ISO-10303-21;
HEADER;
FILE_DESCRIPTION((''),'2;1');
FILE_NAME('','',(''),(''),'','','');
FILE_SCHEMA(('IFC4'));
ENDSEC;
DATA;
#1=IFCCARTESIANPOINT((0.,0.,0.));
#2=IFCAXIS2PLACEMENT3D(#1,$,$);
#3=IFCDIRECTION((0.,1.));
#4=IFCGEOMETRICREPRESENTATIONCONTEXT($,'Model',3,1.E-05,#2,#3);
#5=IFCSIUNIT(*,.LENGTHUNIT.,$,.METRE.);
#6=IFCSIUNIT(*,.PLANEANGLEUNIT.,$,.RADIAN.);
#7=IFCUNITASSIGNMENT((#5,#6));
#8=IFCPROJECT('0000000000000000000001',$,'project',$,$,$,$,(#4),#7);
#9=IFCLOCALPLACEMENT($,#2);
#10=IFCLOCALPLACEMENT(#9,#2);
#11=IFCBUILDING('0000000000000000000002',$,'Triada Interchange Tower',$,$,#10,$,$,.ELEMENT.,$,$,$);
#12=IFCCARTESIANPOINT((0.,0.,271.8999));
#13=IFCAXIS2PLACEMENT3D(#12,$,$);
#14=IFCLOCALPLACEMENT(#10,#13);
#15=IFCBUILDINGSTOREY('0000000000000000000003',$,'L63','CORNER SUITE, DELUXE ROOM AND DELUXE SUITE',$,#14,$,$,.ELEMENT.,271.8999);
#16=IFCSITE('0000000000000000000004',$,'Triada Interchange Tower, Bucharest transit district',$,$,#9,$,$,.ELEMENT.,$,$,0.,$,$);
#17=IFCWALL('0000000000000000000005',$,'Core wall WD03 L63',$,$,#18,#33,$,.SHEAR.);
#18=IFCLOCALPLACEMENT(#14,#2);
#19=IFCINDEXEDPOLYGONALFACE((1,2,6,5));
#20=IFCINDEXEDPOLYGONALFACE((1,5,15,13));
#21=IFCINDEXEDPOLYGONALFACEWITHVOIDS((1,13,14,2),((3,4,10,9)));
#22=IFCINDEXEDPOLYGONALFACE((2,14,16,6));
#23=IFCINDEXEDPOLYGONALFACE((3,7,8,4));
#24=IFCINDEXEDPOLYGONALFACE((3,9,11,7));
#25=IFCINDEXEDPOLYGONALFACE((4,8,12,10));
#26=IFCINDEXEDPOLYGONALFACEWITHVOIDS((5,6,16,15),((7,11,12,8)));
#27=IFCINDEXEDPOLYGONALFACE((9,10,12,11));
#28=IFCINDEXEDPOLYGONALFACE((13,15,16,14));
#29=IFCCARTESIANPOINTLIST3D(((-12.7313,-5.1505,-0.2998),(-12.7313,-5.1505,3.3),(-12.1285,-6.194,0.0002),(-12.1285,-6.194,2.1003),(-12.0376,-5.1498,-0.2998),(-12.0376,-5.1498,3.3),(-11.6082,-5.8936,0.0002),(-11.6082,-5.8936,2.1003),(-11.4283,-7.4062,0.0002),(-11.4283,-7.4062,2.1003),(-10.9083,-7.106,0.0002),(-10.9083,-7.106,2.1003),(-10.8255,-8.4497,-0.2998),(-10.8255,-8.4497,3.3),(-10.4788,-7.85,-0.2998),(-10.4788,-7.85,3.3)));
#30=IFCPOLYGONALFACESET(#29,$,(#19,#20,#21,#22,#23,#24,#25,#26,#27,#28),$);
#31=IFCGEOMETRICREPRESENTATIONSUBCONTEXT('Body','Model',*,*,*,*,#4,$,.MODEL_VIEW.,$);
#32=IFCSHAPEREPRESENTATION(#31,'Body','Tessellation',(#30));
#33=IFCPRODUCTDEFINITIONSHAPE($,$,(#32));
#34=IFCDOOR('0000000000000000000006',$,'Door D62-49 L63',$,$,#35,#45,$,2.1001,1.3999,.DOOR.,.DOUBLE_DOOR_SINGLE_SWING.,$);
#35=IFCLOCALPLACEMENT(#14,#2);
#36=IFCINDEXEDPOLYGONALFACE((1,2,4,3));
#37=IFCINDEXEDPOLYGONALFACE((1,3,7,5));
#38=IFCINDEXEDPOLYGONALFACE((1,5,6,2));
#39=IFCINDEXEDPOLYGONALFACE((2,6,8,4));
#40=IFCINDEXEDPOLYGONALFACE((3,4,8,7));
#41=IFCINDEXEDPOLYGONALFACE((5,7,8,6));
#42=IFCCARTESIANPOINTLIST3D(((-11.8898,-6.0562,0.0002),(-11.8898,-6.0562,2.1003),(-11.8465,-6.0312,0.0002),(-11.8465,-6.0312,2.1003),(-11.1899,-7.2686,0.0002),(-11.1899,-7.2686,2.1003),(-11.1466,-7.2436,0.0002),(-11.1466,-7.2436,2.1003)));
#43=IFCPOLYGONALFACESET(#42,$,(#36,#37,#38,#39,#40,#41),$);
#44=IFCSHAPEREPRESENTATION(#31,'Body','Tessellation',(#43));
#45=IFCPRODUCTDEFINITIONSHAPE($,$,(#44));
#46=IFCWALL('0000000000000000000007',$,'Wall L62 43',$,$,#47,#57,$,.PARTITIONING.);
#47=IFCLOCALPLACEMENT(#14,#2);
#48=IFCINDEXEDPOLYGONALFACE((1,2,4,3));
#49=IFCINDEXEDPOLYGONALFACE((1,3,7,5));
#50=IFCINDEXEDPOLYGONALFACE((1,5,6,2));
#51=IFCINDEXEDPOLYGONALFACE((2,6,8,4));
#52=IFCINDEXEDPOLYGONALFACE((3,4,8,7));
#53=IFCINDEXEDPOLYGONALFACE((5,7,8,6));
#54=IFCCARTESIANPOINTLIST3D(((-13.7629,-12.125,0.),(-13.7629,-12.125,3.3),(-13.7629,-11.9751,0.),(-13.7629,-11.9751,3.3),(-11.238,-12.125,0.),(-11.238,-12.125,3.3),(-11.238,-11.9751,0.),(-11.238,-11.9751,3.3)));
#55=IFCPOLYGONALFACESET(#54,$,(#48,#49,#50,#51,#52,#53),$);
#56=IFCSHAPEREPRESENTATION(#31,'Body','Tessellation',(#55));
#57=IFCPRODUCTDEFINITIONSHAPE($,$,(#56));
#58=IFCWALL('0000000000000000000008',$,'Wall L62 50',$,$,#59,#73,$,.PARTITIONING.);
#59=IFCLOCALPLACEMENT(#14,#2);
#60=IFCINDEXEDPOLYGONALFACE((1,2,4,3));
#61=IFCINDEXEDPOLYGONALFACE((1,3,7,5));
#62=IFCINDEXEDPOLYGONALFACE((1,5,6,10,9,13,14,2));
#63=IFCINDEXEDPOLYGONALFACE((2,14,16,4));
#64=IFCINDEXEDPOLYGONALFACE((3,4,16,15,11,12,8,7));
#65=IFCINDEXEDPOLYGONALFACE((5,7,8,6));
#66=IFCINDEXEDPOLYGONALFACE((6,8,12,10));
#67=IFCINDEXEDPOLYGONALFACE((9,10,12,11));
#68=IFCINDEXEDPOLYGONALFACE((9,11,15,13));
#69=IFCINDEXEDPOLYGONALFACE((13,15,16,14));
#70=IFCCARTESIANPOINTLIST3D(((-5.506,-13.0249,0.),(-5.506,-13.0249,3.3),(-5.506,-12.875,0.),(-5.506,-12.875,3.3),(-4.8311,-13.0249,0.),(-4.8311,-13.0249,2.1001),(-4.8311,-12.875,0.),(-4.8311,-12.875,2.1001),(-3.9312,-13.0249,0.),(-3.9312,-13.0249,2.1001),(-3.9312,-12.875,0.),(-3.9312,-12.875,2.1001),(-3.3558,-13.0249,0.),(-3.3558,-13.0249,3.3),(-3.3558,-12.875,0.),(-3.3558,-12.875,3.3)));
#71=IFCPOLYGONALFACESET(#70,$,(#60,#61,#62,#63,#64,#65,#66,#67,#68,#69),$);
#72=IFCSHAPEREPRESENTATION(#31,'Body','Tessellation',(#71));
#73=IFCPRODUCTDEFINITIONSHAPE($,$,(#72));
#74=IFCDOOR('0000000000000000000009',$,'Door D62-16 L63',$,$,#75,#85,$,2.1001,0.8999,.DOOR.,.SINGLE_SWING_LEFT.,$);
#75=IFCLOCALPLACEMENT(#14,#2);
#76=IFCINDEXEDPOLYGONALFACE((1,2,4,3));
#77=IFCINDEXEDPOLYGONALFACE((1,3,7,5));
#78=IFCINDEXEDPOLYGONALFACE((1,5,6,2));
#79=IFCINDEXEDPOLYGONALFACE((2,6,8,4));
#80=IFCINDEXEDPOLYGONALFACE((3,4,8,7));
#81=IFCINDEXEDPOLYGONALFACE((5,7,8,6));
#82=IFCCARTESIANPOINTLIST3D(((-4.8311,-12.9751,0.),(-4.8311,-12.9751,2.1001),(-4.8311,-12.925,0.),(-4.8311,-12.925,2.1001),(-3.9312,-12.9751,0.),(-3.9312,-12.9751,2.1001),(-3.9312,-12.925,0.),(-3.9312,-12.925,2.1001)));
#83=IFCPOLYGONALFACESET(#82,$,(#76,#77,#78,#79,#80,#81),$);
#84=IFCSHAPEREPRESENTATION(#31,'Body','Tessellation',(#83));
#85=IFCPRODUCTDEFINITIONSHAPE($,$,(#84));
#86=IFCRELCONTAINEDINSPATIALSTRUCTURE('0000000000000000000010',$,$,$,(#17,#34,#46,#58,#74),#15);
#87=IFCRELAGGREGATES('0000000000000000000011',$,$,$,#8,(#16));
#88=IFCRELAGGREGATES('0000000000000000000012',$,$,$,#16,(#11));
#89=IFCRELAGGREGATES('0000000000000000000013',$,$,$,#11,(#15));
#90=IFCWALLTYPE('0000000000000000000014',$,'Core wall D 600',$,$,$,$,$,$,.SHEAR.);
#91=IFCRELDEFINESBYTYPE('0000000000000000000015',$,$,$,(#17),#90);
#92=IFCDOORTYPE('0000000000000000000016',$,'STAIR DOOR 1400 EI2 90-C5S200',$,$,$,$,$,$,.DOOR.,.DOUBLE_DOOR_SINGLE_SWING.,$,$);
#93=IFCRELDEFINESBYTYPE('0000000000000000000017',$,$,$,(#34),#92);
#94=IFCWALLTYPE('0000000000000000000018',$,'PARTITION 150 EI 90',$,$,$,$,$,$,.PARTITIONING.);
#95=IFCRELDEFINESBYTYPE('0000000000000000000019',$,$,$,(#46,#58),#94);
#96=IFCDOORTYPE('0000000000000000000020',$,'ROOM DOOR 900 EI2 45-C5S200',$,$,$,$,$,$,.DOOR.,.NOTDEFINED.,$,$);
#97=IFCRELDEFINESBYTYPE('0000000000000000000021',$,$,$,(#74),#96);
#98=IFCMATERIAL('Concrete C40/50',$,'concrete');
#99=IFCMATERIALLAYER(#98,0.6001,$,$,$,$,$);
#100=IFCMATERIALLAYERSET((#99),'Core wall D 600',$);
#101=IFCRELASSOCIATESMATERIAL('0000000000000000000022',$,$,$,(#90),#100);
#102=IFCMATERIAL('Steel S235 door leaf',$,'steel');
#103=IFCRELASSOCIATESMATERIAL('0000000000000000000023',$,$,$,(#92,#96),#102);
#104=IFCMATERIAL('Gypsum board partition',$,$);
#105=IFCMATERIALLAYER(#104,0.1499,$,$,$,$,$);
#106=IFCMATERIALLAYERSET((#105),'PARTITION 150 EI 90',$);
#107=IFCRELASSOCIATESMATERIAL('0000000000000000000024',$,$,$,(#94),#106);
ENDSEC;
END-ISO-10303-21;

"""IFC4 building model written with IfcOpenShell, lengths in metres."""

from ifc_helpers import new_model, si_unit, direction, frame, frame_2d, origin, place, context, subcontext, project, spatial, polyline, rectangle, outline, extrude, material, layer, layer_set, type_object, element, fill, save


model = new_model("IFC4")

# Units and contexts
model_context = context("Model", 3, precision=1e-05, world=origin(), true_north=direction((0.0, 1.0)))
body_context = subcontext(model_context, "Body", "Model", "MODEL_VIEW")
ifc_project = project(units=[si_unit("LENGTHUNIT", "METRE"), si_unit("PLANEANGLEUNIT", "RADIAN")], contexts=[model_context])

# Site, building, storey
site_placement = place(None, origin())
site = spatial("IfcSite", under=ifc_project, at=site_placement, Name="Triada Interchange Tower, Bucharest transit district", CompositionType="ELEMENT", RefElevation=0.0)
building_placement = place(site_placement, origin())
building = spatial("IfcBuilding", under=site, at=building_placement, Name="Triada Interchange Tower", CompositionType="ELEMENT")
storey_placement = place(building_placement, frame((0.0, 0.0, 271.8999)))
storey = spatial("IfcBuildingStorey", under=building, at=storey_placement, Name="L63", Description="CORNER SUITE, DELUXE ROOM AND DELUXE SUITE", CompositionType="ELEMENT", Elevation=271.8999)

# Shared definitions
ifc_material_1 = material(Name="Steel S235 door leaf", Category="steel")

# Wall, opening, door
ifc_material_2 = material(Name="Concrete C40/50", Category="concrete")
ifc_layer_1 = layer(ifc_material_2, 0.6001)
ifc_layer_set_1 = layer_set([ifc_layer_1], Name="Core wall D 600")
wall_type_1 = type_object("IfcWallType", Name="Core wall D 600", PredefinedType="SHEAR", material=ifc_layer_set_1)
wall_1_placement = place(storey_placement, frame((-12.384, -5.1499, -0.2998), z_axis=(0.0, 0.0, 1.0), x_axis=(0.499975, -0.86604, 0.0)))
wall_1 = element("IfcWall", 1, at=wall_1_placement, inside=storey, type_object=wall_type_1, Name="Core wall WD03 L63", PredefinedType="SHEAR", context=body_context, shape_type="SweptSolid", body=[
    extrude(outline(polyline([(-0.1731, -0.301), (1.7319, -0.3005), (3.637, -0.3), (3.291, 0.3), (1.7319, 0.3), (0.1731, 0.3), (-0.1731, -0.301)])), origin(), (0.0, 0.0, 1.0), 3.5999),
])
opening_1_placement = place(wall_1_placement, frame((1.032, 0.0, 0.3)))
opening_1 = element("IfcOpeningElement", 2, at=opening_1_placement, cuts=wall_1, PredefinedType="OPENING", context=body_context, shape_type="SweptSolid", body=[
    extrude(rectangle(XDim=1.3999, YDim=2.1001, at=frame_2d((0.7, 1.05))), frame((0.0, 0.3101, 0.0), z_axis=(0.0, -1.0, 0.0), x_axis=(1.0, 0.0, 0.0)), (0.0, 0.0, 1.0), 0.6211),
])
door_type_1 = type_object("IfcDoorType", Name="STAIR DOOR 1400 EI2 90-C5S200", OperationType="DOUBLE_DOOR_SINGLE_SWING", PredefinedType="DOOR", material=ifc_material_1)
door_1_placement = place(opening_1_placement, origin())
door_1 = element("IfcDoor", 3, at=door_1_placement, inside=storey, type_object=door_type_1, Name="Door D62-49 L63", OperationType="DOUBLE_DOOR_SINGLE_SWING", OverallHeight=2.1001, OverallWidth=1.3999, PredefinedType="DOOR", context=body_context, shape_type="SweptSolid", body=[
    extrude(rectangle(XDim=1.3999, YDim=2.1001, at=frame_2d((0.7, 1.05))), frame((0.0, 0.0249, 0.0), z_axis=(0.0, -1.0, 0.0), x_axis=(1.0, 0.0, 0.0)), (0.0, 0.0, 1.0), 0.05),
])
fill(opening_1, door_1)

# Wall
ifc_material_3 = material(Name="Gypsum board partition")
ifc_layer_2 = layer(ifc_material_3, 0.1499)
ifc_layer_set_2 = layer_set([ifc_layer_2], Name="PARTITION 150 EI 90")
wall_type_2 = type_object("IfcWallType", Name="PARTITION 150 EI 90", PredefinedType="PARTITIONING", material=ifc_layer_set_2)
wall_2_placement = place(storey_placement, frame((-13.7629, -12.05, 0.0), z_axis=(0.0, 0.0, 1.0), x_axis=(1.0, 0.0, 0.0)))
element("IfcWall", 4, at=wall_2_placement, inside=storey, type_object=wall_type_2, Name="Wall L62 43", PredefinedType="PARTITIONING", context=body_context, shape_type="SweptSolid", body=[
    extrude(rectangle(XDim=2.5249, YDim=0.1499, at=frame_2d((1.2625, 0.0))), origin(), (0.0, 0.0, 1.0), 3.3),
])

# Wall, opening, door
wall_3_placement = place(storey_placement, frame((-5.5061, -12.95, 0.0), z_axis=(0.0, 0.0, 1.0), x_axis=(1.0, 0.0, 0.0)))
wall_3 = element("IfcWall", 5, at=wall_3_placement, inside=storey, type_object=wall_type_2, Name="Wall L62 50", PredefinedType="PARTITIONING", context=body_context, shape_type="SweptSolid", body=[
    extrude(rectangle(XDim=2.1501, YDim=0.1499, at=frame_2d((1.0752, 0.0))), origin(), (0.0, 0.0, 1.0), 3.3),
])
opening_2_placement = place(wall_3_placement, frame((0.675, 0.0, 0.0)))
opening_2 = element("IfcOpeningElement", 6, at=opening_2_placement, cuts=wall_3, PredefinedType="OPENING", context=body_context, shape_type="SweptSolid", body=[
    extrude(rectangle(XDim=0.8999, YDim=2.1001, at=frame_2d((0.45, 1.05))), frame((0.0, 0.085, 0.0), z_axis=(0.0, -1.0, 0.0), x_axis=(1.0, 0.0, 0.0)), (0.0, 0.0, 1.0), 0.1699),
])
door_type_2 = type_object("IfcDoorType", Name="ROOM DOOR 900 EI2 45-C5S200", OperationType="NOTDEFINED", PredefinedType="DOOR", material=ifc_material_1)
door_2_placement = place(opening_2_placement, origin())
door_2 = element("IfcDoor", 7, at=door_2_placement, inside=storey, type_object=door_type_2, Name="Door D62-16 L63", OperationType="SINGLE_SWING_LEFT", OverallHeight=2.1001, OverallWidth=0.8999, PredefinedType="DOOR", context=body_context, shape_type="SweptSolid", body=[
    extrude(rectangle(XDim=0.8999, YDim=2.1001, at=frame_2d((0.45, 1.05))), frame((0.0, 0.0249, 0.0), z_axis=(0.0, -1.0, 0.0), x_axis=(1.0, 0.0, 0.0)), (0.0, 0.0, 1.0), 0.05),
])
fill(opening_2, door_2)

save(model, "model.ifc")
